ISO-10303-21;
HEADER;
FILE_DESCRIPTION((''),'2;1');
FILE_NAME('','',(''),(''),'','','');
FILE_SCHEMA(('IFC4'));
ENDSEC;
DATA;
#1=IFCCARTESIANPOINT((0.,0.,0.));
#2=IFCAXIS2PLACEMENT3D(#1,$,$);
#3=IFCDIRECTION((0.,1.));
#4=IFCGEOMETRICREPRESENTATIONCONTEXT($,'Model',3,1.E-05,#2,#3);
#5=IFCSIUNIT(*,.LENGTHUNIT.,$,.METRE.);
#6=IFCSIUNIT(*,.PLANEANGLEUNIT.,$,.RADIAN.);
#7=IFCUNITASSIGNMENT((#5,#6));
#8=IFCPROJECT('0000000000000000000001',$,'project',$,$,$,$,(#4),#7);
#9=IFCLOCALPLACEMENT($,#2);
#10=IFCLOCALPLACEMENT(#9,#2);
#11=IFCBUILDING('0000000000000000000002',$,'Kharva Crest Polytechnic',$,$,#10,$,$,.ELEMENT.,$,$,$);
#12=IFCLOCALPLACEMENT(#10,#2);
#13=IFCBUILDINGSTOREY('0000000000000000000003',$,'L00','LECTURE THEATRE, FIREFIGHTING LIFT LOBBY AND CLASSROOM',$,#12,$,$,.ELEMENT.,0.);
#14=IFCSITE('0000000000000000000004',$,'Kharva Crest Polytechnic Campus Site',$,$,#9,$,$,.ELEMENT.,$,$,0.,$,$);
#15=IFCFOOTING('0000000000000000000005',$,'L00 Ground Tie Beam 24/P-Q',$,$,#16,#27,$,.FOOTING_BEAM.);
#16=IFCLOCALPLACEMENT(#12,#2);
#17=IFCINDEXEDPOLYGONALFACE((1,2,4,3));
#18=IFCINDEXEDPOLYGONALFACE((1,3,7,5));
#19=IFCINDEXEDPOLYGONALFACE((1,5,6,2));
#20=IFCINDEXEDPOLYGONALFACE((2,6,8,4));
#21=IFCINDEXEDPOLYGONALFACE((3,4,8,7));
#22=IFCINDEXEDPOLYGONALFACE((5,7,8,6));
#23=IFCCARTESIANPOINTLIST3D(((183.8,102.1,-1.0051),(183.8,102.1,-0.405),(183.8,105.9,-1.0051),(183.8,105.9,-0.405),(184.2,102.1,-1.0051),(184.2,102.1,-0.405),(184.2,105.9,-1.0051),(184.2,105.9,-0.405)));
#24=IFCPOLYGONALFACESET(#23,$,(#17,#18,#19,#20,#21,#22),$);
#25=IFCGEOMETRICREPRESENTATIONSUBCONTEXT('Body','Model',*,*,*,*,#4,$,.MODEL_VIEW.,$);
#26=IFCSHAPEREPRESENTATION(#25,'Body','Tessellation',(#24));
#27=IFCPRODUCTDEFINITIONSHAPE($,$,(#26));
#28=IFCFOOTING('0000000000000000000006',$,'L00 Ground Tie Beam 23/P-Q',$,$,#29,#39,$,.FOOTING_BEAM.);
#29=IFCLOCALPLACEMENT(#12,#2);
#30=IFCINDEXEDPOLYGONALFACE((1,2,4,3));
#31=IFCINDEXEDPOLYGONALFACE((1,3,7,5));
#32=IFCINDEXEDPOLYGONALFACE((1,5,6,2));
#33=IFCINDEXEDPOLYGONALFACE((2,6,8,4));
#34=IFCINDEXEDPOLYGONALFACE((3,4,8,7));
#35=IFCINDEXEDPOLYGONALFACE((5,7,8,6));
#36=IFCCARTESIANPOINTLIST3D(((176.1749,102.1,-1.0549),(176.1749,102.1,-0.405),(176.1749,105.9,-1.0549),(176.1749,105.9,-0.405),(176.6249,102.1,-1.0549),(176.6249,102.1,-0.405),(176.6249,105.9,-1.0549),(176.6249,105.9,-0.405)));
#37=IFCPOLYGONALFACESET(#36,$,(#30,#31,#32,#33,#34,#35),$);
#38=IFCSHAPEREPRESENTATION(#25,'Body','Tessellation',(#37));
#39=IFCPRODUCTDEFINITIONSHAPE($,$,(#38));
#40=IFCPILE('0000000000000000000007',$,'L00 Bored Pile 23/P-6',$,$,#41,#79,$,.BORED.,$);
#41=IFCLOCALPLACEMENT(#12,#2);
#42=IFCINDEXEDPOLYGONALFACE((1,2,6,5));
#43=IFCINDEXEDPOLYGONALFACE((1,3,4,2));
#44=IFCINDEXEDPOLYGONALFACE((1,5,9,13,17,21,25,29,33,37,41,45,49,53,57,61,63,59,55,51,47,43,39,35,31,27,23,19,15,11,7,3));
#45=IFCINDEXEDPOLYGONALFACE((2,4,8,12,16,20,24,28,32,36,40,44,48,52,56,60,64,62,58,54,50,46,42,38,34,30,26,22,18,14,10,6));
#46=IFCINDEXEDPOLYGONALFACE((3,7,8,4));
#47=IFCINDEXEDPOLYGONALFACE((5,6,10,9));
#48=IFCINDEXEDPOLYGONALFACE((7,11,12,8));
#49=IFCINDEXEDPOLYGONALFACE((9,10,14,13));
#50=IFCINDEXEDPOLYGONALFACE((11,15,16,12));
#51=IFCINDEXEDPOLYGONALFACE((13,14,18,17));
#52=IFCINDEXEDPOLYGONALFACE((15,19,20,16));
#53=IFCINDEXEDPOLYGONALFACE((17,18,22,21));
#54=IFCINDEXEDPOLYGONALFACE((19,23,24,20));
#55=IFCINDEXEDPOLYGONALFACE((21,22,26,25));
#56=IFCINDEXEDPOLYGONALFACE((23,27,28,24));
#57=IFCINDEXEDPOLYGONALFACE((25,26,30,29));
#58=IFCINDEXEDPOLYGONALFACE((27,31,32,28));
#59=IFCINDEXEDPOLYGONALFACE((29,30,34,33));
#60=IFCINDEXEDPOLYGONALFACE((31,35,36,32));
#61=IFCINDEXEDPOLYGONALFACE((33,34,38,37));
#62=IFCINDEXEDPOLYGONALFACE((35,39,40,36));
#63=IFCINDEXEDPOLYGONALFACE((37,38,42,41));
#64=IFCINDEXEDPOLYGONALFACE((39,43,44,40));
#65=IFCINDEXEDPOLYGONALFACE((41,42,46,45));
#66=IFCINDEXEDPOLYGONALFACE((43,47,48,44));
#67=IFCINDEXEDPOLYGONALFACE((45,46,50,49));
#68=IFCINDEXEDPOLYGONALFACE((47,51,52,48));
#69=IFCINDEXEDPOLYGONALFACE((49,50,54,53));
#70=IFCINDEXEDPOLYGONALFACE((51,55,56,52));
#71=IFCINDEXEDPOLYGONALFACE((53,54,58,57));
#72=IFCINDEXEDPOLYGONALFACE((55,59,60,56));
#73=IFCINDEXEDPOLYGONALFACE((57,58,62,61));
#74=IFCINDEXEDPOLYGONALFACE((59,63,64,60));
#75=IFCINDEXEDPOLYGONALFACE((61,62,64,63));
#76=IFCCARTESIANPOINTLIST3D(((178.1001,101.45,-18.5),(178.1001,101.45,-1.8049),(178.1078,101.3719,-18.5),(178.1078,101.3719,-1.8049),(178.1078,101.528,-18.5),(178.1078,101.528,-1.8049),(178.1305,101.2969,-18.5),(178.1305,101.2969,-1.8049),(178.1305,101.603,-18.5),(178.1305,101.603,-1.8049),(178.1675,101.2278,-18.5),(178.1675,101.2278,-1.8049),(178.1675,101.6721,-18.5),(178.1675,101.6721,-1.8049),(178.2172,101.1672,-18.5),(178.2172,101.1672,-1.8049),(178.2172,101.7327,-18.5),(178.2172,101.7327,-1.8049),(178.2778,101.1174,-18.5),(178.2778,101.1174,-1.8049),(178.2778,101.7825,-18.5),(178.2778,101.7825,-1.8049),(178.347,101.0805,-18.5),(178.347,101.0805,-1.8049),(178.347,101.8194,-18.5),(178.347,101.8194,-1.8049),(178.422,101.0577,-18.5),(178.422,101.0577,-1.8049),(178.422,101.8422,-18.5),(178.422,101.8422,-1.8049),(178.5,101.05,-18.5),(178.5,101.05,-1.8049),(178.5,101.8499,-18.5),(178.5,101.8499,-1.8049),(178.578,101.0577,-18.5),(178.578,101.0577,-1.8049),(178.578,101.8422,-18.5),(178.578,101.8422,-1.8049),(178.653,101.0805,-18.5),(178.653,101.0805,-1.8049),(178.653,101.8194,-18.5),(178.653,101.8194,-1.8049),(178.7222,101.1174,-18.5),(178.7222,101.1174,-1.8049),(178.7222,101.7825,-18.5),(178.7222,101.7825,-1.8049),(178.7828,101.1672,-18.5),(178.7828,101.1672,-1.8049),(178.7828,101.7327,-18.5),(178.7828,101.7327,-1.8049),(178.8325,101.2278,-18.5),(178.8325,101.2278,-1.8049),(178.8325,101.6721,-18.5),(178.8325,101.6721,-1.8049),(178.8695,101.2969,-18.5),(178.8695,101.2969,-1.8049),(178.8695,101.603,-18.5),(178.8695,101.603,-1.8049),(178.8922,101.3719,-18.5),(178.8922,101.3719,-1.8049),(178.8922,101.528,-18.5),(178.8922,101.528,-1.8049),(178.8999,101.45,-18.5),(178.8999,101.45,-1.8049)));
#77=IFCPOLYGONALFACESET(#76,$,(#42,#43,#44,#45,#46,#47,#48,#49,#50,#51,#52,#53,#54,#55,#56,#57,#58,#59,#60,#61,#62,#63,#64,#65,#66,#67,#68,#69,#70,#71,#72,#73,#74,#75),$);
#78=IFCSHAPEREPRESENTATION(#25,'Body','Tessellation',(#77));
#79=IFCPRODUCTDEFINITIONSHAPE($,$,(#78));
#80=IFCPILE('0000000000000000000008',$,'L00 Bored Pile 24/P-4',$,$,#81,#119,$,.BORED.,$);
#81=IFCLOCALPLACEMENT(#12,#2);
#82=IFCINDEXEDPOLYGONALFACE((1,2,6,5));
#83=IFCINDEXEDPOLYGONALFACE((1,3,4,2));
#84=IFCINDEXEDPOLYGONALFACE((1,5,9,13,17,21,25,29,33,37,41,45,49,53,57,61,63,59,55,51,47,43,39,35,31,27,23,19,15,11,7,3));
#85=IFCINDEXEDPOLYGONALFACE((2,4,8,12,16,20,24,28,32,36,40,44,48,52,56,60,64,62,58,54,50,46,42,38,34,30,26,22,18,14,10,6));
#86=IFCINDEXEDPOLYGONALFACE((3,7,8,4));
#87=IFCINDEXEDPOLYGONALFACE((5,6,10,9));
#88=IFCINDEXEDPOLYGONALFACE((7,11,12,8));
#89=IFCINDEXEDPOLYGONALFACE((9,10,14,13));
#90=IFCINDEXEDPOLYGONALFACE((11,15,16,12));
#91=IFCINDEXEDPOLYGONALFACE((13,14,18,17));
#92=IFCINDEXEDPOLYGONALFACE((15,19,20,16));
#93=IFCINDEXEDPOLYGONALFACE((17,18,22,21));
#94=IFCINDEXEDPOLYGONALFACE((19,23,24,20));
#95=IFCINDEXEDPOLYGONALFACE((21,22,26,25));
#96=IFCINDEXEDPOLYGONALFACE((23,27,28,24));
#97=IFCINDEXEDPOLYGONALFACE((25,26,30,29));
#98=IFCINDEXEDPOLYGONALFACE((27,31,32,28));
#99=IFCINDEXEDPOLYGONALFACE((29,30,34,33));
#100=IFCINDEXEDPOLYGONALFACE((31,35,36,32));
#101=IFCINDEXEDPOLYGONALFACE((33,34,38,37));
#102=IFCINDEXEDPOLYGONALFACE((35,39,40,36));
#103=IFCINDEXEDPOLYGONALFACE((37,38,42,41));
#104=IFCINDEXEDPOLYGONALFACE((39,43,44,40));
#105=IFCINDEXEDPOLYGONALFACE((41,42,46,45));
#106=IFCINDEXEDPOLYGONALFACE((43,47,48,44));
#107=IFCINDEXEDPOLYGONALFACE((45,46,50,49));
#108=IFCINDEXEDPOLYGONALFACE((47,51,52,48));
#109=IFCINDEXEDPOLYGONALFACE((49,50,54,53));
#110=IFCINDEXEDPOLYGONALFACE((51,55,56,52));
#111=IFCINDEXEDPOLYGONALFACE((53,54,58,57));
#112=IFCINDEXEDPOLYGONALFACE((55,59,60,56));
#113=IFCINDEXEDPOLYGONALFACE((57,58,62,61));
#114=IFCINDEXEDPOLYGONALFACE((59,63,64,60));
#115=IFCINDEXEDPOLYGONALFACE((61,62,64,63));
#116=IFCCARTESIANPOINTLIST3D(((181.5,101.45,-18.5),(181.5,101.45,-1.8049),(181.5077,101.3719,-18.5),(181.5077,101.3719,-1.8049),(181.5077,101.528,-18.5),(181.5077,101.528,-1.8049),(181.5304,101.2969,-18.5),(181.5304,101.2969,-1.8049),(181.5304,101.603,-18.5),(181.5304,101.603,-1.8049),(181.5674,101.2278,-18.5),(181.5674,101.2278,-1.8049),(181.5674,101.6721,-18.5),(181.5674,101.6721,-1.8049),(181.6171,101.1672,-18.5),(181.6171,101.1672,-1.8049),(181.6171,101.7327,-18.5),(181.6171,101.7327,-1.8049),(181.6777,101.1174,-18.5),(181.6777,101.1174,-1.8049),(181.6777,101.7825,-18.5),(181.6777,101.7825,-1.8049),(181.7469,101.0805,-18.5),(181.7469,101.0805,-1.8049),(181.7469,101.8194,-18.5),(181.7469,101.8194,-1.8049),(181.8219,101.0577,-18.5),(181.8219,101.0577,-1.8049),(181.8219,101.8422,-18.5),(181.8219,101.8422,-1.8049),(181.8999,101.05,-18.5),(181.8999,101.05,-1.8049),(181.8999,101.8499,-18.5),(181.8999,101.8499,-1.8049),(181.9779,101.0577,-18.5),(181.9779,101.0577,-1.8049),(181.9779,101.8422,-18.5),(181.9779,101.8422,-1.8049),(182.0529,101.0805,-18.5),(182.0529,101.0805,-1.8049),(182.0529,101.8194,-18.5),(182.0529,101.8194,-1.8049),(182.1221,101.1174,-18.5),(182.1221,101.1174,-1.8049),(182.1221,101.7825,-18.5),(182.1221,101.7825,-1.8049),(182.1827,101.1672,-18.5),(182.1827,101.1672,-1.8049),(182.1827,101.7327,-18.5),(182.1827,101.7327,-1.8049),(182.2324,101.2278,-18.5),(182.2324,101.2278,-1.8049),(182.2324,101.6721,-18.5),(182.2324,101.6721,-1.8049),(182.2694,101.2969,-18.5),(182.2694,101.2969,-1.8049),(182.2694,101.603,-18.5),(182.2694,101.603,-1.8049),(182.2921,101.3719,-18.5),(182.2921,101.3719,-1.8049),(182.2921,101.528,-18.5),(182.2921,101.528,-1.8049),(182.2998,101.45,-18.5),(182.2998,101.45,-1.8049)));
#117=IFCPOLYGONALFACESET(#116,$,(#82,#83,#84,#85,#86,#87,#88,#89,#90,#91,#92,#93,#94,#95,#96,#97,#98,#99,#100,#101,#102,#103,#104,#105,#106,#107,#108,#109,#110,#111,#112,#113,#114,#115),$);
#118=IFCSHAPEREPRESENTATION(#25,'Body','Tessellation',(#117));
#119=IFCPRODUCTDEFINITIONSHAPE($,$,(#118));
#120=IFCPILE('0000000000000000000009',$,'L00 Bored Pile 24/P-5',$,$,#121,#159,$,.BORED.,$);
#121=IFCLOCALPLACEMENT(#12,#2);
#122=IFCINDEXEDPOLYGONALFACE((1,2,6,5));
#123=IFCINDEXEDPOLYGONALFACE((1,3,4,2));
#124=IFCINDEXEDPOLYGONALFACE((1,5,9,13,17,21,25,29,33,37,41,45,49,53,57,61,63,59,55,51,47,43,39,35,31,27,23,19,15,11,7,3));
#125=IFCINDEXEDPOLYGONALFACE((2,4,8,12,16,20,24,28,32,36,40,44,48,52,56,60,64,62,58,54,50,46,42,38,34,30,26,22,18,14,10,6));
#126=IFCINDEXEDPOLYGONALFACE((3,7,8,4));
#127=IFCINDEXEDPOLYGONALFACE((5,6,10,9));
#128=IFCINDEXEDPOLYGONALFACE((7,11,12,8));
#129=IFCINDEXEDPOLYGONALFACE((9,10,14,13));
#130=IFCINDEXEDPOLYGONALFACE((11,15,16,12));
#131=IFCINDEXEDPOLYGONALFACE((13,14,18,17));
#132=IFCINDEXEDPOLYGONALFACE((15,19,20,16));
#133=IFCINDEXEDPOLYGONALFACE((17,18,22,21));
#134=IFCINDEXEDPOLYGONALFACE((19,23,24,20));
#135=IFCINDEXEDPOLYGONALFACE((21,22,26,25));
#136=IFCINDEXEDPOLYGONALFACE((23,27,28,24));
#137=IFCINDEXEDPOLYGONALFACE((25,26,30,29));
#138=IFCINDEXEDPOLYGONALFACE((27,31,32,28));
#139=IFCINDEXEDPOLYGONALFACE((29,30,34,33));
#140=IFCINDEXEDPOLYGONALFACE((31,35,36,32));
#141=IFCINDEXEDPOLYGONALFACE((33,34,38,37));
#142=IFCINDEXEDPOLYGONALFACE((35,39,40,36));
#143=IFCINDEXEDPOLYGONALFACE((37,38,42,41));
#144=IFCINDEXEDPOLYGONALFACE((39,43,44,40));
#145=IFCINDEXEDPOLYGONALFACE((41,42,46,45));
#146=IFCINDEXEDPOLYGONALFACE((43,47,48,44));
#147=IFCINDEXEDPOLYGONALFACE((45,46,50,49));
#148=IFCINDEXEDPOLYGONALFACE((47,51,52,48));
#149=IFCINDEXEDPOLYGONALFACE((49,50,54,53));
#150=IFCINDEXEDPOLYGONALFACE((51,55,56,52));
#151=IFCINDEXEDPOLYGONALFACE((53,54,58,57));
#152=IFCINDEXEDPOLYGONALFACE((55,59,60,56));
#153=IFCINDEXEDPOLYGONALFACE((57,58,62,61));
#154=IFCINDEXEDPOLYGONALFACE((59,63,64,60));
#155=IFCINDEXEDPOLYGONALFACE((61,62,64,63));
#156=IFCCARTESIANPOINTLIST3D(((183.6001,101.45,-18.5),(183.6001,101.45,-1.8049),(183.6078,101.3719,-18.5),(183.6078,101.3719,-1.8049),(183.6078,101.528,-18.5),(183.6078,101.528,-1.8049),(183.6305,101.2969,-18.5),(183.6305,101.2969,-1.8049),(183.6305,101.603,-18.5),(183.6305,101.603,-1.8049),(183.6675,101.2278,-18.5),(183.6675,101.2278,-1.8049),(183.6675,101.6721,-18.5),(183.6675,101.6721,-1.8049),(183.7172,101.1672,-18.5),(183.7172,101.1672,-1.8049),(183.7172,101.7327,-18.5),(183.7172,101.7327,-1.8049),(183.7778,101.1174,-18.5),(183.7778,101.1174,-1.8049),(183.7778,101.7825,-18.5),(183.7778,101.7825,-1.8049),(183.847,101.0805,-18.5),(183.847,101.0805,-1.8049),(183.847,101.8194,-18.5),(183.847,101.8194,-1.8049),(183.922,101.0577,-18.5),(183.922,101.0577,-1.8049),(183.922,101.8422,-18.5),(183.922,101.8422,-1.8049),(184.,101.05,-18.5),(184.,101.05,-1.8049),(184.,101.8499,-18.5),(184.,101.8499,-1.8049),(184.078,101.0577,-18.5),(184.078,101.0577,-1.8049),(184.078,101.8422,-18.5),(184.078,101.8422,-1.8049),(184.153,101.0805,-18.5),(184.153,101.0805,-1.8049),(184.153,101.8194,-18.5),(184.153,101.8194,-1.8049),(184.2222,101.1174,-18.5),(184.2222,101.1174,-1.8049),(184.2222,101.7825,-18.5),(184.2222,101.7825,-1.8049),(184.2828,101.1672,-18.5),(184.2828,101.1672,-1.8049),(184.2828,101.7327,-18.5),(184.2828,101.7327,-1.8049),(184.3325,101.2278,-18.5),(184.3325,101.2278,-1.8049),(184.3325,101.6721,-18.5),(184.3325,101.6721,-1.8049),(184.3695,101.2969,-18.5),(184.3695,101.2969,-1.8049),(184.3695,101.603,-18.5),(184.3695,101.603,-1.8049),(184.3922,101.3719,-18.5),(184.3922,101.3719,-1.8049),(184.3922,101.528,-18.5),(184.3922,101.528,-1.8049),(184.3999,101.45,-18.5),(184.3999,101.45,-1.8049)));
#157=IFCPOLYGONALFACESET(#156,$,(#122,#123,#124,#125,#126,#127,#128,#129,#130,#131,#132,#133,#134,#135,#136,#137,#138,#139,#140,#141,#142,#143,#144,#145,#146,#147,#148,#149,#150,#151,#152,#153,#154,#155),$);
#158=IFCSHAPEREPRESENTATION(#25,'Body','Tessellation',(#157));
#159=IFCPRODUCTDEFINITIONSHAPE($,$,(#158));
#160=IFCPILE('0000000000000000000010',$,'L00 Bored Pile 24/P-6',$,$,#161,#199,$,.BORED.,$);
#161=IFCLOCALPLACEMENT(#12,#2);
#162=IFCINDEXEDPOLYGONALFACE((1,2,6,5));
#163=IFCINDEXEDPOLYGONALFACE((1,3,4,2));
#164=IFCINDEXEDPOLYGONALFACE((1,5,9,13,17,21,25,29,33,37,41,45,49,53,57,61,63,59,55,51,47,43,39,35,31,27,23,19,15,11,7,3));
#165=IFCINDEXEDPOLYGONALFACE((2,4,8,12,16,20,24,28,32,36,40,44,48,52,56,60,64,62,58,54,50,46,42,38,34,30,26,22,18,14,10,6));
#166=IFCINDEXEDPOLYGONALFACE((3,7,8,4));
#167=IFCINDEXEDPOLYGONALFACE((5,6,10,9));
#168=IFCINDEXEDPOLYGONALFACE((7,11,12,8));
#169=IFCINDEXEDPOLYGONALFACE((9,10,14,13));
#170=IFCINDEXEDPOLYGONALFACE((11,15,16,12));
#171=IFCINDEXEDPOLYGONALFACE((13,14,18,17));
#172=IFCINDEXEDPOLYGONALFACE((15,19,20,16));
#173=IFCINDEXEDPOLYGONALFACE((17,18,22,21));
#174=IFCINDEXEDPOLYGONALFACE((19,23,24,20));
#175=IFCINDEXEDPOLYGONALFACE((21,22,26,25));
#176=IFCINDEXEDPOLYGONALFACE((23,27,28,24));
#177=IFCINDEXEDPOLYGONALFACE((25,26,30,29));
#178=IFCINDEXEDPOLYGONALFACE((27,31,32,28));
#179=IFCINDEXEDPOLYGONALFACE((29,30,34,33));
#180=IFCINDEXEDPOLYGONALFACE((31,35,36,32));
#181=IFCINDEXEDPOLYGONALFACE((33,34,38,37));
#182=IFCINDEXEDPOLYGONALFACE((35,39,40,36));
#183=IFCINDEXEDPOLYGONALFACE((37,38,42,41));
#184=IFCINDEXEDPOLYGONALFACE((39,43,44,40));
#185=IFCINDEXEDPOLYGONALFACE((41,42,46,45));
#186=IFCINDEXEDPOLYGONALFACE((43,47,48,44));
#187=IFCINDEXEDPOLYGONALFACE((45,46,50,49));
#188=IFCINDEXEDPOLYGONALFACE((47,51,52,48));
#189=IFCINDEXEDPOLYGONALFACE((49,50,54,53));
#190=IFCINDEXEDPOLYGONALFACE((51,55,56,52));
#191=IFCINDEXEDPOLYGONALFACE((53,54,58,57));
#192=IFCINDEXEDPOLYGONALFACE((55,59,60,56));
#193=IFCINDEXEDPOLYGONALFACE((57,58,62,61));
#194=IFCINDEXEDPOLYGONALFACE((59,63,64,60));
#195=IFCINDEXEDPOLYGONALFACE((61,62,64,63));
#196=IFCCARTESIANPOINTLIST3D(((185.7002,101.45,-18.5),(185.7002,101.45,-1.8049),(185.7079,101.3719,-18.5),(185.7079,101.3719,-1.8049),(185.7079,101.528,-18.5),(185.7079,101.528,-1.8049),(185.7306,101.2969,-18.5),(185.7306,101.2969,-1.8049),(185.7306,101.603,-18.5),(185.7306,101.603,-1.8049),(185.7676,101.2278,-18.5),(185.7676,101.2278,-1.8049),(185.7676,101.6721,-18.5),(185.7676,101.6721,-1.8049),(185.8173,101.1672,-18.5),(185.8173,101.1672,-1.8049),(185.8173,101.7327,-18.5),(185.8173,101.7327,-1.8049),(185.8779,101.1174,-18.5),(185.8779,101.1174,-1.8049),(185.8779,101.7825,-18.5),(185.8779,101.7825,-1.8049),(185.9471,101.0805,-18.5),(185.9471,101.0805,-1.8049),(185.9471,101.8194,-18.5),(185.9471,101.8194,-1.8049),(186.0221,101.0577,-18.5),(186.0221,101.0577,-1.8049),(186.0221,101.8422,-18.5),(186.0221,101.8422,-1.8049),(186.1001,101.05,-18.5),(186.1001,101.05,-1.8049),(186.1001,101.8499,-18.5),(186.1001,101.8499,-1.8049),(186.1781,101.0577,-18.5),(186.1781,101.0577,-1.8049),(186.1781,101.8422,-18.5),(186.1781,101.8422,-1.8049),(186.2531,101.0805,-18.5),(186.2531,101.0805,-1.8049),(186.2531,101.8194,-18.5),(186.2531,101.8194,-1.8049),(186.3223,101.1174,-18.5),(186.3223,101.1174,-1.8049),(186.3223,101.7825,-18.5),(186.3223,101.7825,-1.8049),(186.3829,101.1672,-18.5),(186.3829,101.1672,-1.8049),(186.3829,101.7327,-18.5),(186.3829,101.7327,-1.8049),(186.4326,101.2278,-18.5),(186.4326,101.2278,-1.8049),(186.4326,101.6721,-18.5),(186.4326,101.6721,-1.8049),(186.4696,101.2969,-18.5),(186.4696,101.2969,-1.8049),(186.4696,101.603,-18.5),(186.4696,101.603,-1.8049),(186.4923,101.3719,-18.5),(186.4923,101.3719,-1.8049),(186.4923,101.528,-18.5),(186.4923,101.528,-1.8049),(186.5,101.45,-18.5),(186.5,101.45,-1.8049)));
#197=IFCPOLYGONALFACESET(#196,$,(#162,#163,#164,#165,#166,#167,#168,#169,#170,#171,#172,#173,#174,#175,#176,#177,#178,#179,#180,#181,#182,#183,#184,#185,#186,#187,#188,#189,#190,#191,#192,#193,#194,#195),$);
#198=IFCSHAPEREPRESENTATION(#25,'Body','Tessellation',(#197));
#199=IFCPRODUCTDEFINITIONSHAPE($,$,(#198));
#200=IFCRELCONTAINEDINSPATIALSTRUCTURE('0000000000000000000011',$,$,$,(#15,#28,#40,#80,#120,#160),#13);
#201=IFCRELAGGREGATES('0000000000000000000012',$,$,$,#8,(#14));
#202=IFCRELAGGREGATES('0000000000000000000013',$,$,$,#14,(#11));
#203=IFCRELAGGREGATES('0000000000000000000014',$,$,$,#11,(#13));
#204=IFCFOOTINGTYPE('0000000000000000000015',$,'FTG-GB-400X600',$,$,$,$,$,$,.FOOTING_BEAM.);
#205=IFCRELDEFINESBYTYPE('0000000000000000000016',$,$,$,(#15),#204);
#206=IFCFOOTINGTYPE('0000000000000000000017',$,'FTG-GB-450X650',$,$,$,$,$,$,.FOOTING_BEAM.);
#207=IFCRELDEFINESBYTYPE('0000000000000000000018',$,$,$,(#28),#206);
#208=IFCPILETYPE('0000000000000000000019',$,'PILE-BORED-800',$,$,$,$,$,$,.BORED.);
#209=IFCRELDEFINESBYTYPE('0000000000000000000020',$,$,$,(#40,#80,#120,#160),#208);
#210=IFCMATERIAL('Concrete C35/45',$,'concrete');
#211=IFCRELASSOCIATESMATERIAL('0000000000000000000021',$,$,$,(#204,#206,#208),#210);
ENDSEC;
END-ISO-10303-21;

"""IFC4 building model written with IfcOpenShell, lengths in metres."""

from ifc_helpers import new_model, si_unit, direction, frame, origin, origin_2d, place, context, subcontext, project, spatial, rectangle, circle, extrude, material, material_profile, profile_set, type_object, element, save


model = new_model("IFC4")

# Units and contexts
model_context = context("Model", 3, precision=1e-05, world=origin(), true_north=direction((0.0, 1.0)))
body_context = subcontext(model_context, "Body", "Model", "MODEL_VIEW")
ifc_project = project(units=[si_unit("LENGTHUNIT", "METRE"), si_unit("PLANEANGLEUNIT", "RADIAN")], contexts=[model_context])

# Site, building, storey
site_placement = place(None, origin())
site = spatial("IfcSite", under=ifc_project, at=site_placement, Name="Kharva Crest Polytechnic Campus Site", CompositionType="ELEMENT", RefElevation=0.0)
building_placement = place(site_placement, origin())
building = spatial("IfcBuilding", under=site, at=building_placement, Name="Kharva Crest Polytechnic", CompositionType="ELEMENT")
storey_placement = place(building_placement, origin())
storey = spatial("IfcBuildingStorey", under=building, at=storey_placement, Name="L00", Description="LECTURE THEATRE, FIREFIGHTING LIFT LOBBY AND CLASSROOM", CompositionType="ELEMENT", Elevation=0.0)

# Footings
ifc_material_1 = material(Name="Concrete C35/45", Category="concrete")
footing_type_1 = type_object("IfcFootingType", Name="FTG-GB-400X600", PredefinedType="FOOTING_BEAM", material=ifc_material_1)
footing_1_placement = place(storey_placement, frame((184.0, 104.0, -1.0051), z_axis=(0.0, 0.0, 1.0), x_axis=(0.0, 1.0, 0.0)))
element("IfcFooting", 1, at=footing_1_placement, inside=storey, type_object=footing_type_1, Name="L00 Ground Tie Beam 24/P-Q", PredefinedType="FOOTING_BEAM", context=body_context, shape_type="SweptSolid", body=[
    extrude(rectangle(XDim=3.8, YDim=0.3999, at=origin_2d()), origin(), (0.0, 0.0, 1.0), 0.6001),
])
footing_type_2 = type_object("IfcFootingType", Name="FTG-GB-450X650", PredefinedType="FOOTING_BEAM", material=ifc_material_1)
footing_2_placement = place(storey_placement, frame((176.3999, 104.0, -1.0549), z_axis=(0.0, 0.0, 1.0), x_axis=(0.0, 1.0, 0.0)))
element("IfcFooting", 2, at=footing_2_placement, inside=storey, type_object=footing_type_2, Name="L00 Ground Tie Beam 23/P-Q", PredefinedType="FOOTING_BEAM", context=body_context, shape_type="SweptSolid", body=[
    extrude(rectangle(XDim=3.8, YDim=0.45, at=origin_2d()), origin(), (0.0, 0.0, 1.0), 0.6499),
])

# Piles
ifc_material_profile_1 = material_profile(ifc_material_1, circle(Radius=0.3999, at=origin_2d()), Name="DIA 800")
ifc_profile_set_1 = profile_set([ifc_material_profile_1], Name="Concrete C35/45")
pile_type = type_object("IfcPileType", Name="PILE-BORED-800", PredefinedType="BORED", material=ifc_profile_set_1)
for number, where, z_axis, x_axis, name in (
    (3, (178.5, 101.45, -1.8049), (0.0, 0.0, -1.0), (1.0, 0.0, 0.0), "L00 Bored Pile 23/P-6"),
    (4, (181.8999, 101.45, -1.8049), (0.0, 0.0, -1.0), (1.0, 0.0, 0.0), "L00 Bored Pile 24/P-4"),
    (5, (184.0, 101.45, -1.8049), (0.0, 0.0, -1.0), (1.0, 0.0, 0.0), "L00 Bored Pile 24/P-5"),
    (6, (186.1001, 101.45, -1.8049), (0.0, 0.0, -1.0), (1.0, 0.0, 0.0), "L00 Bored Pile 24/P-6"),
):
    element("IfcPile", number, at=place(storey_placement, frame(where, z_axis=z_axis, x_axis=x_axis)), inside=storey, type_object=pile_type, Name=name, PredefinedType="BORED", context=body_context, shape_type="SweptSolid", body=[
        extrude(circle(Radius=0.3999, at=origin_2d()), origin(), (0.0, 0.0, 1.0), 16.6951),
    ])

save(model, "model.ifc")
